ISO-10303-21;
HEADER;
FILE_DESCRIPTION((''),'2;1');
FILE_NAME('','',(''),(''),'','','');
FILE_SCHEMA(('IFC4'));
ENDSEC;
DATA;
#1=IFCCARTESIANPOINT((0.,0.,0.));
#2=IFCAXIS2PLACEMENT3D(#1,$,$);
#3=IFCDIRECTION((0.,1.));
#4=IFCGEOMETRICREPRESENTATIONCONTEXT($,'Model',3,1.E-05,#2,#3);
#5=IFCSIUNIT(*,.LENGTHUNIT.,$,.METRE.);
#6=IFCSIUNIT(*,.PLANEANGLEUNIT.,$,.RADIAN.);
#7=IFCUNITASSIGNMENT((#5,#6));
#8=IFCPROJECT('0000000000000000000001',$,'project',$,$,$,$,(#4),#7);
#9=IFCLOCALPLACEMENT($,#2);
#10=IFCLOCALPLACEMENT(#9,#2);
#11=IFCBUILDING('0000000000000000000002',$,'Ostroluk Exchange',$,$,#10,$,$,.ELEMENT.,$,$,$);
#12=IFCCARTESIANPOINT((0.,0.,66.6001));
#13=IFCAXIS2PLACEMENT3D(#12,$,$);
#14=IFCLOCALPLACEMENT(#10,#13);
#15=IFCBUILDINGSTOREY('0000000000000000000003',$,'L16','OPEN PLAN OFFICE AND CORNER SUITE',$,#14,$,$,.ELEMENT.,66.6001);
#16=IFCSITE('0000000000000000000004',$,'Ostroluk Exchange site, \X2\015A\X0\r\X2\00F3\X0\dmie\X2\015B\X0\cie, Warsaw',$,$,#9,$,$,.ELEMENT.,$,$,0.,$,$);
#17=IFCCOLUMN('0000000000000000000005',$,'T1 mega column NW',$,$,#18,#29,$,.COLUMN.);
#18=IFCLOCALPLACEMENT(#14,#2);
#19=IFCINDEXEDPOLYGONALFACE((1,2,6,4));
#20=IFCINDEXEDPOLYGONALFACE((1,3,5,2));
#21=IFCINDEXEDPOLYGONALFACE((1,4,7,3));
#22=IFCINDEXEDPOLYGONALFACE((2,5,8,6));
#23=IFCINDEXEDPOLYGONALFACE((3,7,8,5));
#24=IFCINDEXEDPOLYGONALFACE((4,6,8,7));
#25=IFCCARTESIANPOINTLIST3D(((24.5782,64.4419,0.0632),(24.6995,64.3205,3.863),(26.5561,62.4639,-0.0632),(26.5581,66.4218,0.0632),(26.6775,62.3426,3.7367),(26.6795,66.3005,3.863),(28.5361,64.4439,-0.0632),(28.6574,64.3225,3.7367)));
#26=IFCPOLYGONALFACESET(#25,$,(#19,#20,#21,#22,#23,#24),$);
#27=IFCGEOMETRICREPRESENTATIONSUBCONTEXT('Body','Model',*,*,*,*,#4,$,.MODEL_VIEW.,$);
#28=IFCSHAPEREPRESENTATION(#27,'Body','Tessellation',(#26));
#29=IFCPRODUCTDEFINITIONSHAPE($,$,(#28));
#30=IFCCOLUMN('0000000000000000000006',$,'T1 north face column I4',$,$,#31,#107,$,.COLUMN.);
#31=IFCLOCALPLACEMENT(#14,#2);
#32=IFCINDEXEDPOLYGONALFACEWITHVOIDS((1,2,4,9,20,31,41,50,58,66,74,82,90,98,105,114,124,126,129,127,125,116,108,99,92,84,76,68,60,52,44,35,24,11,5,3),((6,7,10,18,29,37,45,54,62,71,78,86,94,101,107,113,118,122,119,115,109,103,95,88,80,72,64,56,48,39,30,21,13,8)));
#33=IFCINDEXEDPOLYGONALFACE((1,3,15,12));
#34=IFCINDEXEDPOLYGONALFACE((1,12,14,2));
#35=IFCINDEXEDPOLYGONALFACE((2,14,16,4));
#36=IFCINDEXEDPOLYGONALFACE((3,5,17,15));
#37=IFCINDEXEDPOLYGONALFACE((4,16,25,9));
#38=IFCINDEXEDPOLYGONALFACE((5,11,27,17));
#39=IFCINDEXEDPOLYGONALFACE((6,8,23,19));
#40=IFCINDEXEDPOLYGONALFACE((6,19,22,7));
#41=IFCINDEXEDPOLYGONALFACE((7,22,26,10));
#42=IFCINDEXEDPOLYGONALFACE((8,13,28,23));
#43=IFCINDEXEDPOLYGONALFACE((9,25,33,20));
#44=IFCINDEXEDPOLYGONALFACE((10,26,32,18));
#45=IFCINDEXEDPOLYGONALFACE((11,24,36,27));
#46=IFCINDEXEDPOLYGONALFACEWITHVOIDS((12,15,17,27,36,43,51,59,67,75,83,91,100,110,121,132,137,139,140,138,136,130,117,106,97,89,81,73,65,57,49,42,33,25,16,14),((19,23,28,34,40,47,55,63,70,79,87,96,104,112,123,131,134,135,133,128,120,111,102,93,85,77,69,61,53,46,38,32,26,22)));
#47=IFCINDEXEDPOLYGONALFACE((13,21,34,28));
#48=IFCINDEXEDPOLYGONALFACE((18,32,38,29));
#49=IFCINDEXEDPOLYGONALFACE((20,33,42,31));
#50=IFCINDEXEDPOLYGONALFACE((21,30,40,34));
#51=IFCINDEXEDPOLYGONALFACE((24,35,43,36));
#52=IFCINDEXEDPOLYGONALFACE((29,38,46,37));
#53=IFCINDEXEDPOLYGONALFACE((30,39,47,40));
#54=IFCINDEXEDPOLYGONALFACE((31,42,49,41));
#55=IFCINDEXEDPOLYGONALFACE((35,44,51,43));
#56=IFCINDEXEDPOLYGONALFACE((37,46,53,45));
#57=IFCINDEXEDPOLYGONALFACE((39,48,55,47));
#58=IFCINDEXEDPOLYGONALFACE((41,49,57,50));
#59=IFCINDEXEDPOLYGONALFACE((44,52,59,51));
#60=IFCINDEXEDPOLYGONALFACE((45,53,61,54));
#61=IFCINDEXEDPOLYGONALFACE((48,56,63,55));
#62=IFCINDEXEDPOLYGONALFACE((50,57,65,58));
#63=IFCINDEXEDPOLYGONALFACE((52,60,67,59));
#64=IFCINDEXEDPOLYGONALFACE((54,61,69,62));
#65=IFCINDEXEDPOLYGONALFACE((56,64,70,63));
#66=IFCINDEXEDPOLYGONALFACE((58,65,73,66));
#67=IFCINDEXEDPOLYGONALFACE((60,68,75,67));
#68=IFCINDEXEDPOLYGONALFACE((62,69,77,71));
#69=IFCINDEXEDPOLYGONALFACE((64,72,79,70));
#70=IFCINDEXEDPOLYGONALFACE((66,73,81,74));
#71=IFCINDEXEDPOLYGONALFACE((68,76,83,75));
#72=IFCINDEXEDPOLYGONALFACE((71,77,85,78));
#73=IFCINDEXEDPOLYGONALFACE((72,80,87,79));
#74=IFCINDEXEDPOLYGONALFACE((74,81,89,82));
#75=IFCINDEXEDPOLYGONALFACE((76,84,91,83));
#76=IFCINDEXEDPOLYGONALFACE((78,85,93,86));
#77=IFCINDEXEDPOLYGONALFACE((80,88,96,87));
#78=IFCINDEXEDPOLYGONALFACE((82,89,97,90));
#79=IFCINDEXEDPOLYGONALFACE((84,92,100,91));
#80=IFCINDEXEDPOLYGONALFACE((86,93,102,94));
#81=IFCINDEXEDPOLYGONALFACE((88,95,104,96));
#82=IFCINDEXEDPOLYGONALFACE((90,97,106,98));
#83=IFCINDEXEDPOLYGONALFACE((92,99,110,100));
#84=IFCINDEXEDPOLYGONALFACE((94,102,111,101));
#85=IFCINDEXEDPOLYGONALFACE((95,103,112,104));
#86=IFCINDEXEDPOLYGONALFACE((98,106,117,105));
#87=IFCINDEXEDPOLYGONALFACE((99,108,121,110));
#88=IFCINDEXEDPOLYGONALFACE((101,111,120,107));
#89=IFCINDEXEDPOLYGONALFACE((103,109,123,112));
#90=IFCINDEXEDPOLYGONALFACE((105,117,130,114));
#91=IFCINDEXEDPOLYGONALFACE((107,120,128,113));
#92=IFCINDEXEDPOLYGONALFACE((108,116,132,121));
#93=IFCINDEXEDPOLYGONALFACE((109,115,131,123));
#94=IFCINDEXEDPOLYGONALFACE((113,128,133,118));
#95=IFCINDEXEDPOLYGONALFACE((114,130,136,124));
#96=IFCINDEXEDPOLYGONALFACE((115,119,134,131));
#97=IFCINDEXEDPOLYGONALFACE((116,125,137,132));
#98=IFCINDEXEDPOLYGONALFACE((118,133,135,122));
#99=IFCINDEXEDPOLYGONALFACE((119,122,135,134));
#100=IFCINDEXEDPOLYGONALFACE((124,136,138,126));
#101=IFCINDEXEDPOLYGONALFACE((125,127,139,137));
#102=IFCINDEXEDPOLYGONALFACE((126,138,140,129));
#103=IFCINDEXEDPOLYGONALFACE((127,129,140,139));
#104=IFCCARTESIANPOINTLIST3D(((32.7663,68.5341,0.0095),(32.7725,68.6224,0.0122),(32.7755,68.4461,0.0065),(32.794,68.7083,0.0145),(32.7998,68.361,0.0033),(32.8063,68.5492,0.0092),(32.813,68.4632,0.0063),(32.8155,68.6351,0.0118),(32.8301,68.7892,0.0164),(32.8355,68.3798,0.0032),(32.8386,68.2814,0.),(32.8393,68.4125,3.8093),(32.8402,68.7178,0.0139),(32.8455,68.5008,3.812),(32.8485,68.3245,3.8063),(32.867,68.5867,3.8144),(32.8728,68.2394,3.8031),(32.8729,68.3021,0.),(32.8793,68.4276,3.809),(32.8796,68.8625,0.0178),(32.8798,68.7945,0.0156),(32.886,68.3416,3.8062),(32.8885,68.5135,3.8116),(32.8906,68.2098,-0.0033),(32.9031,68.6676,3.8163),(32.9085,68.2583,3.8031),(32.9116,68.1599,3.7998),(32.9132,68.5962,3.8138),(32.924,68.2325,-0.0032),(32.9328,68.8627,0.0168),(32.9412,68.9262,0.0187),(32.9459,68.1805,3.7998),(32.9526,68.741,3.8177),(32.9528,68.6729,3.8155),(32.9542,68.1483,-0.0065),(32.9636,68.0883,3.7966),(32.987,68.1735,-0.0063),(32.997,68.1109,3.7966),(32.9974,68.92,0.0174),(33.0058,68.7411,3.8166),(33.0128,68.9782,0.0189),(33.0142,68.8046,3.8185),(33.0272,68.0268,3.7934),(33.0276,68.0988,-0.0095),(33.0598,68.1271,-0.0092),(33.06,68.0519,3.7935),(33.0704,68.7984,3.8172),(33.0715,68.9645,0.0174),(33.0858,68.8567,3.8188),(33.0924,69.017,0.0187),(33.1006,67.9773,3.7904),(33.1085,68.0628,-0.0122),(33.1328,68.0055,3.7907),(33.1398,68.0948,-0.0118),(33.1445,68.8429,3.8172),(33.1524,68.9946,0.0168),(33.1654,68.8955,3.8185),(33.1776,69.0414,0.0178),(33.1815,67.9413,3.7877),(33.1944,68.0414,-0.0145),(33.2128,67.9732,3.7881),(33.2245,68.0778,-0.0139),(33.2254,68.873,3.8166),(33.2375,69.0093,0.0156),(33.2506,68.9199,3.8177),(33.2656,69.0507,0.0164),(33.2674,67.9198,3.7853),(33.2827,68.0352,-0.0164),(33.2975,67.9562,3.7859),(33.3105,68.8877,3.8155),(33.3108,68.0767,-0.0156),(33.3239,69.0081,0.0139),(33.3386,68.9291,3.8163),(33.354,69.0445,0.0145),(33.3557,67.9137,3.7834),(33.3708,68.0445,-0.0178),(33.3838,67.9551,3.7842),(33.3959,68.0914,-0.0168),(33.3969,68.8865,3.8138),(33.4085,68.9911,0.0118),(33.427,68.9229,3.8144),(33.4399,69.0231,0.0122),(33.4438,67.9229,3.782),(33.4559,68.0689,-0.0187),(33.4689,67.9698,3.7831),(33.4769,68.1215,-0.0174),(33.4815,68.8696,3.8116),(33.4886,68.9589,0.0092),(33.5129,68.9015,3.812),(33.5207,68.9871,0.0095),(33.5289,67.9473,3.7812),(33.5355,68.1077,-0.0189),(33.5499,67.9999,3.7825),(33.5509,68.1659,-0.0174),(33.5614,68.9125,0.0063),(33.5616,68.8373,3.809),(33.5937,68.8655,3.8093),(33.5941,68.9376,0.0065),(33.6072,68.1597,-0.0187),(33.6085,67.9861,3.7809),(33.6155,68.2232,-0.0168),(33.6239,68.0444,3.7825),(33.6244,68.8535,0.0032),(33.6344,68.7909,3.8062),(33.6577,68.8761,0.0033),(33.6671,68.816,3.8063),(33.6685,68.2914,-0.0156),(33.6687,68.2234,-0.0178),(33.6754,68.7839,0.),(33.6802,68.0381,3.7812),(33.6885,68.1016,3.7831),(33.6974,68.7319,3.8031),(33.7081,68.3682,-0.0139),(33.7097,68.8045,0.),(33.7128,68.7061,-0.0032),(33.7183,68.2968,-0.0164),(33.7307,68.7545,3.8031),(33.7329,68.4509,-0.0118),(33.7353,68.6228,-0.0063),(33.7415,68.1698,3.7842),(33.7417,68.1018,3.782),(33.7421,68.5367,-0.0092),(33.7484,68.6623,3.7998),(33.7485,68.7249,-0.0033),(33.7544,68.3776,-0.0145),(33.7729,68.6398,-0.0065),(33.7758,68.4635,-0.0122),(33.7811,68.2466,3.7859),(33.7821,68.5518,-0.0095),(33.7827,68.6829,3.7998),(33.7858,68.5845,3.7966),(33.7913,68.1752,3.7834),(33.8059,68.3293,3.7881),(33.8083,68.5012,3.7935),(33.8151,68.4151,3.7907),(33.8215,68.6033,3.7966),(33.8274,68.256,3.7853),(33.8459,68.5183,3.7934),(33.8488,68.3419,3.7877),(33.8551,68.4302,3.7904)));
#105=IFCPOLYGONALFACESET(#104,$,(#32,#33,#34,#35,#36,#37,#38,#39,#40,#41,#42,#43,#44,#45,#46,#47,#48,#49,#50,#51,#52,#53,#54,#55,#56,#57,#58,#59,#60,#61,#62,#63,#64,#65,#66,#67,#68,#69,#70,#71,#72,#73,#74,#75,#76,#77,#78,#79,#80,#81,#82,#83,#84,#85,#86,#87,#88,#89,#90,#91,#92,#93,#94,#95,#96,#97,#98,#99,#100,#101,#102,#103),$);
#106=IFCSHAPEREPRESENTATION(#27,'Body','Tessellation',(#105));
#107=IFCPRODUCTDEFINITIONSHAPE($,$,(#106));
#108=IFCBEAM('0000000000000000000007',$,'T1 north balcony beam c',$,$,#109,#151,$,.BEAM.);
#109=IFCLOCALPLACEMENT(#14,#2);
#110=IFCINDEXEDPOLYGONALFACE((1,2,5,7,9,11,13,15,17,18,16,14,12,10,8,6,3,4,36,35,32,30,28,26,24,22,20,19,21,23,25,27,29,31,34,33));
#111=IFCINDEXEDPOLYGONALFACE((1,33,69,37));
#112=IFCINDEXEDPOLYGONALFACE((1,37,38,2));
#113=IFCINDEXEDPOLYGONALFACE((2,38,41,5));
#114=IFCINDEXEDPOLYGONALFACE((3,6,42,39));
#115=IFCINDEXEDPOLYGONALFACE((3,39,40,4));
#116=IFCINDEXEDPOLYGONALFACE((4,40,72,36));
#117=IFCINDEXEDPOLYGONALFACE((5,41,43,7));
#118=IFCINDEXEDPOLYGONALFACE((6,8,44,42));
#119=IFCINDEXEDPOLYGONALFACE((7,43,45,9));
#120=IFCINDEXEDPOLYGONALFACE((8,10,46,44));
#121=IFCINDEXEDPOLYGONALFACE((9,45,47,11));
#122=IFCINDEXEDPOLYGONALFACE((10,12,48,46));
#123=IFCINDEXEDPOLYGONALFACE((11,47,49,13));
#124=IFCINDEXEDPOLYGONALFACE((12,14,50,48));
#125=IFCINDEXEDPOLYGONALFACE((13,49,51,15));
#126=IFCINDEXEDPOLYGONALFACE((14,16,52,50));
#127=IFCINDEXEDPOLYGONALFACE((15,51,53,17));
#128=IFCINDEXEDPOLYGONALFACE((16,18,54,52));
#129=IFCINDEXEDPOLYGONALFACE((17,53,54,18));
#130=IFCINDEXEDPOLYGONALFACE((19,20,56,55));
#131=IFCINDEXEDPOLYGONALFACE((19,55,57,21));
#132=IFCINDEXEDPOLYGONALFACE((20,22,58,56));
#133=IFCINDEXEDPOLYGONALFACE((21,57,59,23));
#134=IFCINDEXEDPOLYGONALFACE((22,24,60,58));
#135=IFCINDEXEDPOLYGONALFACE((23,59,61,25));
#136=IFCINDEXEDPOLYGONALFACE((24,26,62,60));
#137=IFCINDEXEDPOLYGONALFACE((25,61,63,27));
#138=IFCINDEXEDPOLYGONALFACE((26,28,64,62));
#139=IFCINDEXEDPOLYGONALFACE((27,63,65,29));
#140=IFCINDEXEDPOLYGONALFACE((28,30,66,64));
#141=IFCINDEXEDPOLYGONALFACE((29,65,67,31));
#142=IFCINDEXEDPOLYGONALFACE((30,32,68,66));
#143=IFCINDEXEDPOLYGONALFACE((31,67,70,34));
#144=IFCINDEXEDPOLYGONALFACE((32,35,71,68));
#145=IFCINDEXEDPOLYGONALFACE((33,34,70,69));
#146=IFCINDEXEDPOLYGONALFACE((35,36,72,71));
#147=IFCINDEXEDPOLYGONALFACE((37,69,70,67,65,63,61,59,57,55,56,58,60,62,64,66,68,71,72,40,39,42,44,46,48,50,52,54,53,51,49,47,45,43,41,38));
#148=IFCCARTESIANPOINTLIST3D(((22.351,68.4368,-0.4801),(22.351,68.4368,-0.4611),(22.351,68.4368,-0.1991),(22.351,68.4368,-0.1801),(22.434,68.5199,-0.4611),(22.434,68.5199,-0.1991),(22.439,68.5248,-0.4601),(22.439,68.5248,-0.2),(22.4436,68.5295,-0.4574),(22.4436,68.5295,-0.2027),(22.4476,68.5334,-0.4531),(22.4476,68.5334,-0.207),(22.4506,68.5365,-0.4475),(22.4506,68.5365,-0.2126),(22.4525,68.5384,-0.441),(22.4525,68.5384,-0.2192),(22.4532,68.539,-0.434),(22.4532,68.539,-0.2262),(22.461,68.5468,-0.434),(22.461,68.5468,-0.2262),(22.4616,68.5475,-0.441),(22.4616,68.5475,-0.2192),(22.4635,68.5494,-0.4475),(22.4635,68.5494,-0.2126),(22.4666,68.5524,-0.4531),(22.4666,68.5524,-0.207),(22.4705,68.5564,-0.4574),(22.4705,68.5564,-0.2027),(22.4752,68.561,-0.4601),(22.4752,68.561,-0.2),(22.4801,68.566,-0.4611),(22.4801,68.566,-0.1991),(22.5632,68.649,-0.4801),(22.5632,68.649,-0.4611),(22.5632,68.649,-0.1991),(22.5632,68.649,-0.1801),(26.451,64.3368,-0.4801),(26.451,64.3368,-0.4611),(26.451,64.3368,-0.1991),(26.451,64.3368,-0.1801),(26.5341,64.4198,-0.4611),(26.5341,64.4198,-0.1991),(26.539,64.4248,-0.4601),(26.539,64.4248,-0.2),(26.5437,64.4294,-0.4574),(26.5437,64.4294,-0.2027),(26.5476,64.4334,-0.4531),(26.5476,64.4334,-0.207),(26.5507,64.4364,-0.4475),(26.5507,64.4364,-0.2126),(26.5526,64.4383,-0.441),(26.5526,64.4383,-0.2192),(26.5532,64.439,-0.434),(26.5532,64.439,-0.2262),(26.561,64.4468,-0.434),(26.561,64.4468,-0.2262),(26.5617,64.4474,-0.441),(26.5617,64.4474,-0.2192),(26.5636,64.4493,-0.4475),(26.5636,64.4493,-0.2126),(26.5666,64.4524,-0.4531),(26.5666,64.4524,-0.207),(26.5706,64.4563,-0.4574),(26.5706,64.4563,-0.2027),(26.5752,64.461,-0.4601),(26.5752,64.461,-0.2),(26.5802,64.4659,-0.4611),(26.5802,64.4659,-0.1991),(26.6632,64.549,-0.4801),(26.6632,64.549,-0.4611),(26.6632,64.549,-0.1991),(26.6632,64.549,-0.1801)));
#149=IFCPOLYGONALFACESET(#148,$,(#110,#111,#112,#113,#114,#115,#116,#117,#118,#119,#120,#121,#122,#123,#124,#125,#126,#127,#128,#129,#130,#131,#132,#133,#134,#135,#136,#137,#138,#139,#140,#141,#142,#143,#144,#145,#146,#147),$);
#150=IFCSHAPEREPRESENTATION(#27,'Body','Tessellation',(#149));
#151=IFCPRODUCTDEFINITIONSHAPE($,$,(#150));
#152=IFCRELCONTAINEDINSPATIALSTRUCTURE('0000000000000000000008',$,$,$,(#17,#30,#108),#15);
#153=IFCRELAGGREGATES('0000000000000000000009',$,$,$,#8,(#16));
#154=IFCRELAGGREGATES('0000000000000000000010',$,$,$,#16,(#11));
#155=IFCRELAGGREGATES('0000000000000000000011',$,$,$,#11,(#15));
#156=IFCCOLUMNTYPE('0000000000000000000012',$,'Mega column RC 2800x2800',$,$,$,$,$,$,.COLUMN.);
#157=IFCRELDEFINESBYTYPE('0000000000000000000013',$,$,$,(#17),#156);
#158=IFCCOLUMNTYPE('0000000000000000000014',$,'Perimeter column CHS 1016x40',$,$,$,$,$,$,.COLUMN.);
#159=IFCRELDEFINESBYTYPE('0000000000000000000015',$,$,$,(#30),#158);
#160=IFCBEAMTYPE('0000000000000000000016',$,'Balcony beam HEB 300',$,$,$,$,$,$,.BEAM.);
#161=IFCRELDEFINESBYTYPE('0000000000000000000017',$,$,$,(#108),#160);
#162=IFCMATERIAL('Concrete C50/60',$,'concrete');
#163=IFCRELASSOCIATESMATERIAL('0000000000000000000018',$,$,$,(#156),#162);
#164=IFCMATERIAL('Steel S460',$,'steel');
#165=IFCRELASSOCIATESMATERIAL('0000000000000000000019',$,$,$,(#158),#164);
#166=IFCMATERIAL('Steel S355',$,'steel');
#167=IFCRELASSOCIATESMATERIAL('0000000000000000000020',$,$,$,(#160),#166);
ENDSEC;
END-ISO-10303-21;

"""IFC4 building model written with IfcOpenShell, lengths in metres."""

from ifc_helpers import new_model, si_unit, direction, frame, origin, origin_2d, place, context, subcontext, project, spatial, rectangle, hollow_circle, i_section, extrude, material, material_profile, profile_set, type_object, element, save


model = new_model("IFC4")

# Units and contexts
model_context = context("Model", 3, precision=1e-05, world=origin(), true_north=direction((0.0, 1.0)))
body_context = subcontext(model_context, "Body", "Model", "MODEL_VIEW")
ifc_project = project(units=[si_unit("LENGTHUNIT", "METRE"), si_unit("PLANEANGLEUNIT", "RADIAN")], contexts=[model_context])

# Site, building, storey
site_placement = place(None, origin())
site = spatial("IfcSite", under=ifc_project, at=site_placement, Name="Ostroluk Exchange site, Śródmieście, Warsaw", CompositionType="ELEMENT", RefElevation=0.0)
building_placement = place(site_placement, origin())
building = spatial("IfcBuilding", under=site, at=building_placement, Name="Ostroluk Exchange", CompositionType="ELEMENT")
storey_placement = place(building_placement, frame((0.0, 0.0, 66.6001)))
storey = spatial("IfcBuildingStorey", under=building, at=storey_placement, Name="L16", Description="OPEN PLAN OFFICE AND CORNER SUITE", CompositionType="ELEMENT", Elevation=66.6001)

# Columns
ifc_material_1 = material(Name="Concrete C50/60", Category="concrete")
ifc_material_profile_1 = material_profile(ifc_material_1, rectangle(XDim=2.8, YDim=2.8, at=origin_2d()), Name="RC 2800x2800")
ifc_profile_set_1 = profile_set([ifc_material_profile_1], Name="Concrete C50/60")
column_type_1 = type_object("IfcColumnType", Name="Mega column RC 2800x2800", PredefinedType="COLUMN", material=ifc_profile_set_1)
column_1_placement = place(storey_placement, frame((26.5571, 64.4429, 0.0), z_axis=(0.0319, -0.0319, 0.998982), x_axis=(0.707107, 0.707107, 0.0)))
element("IfcColumn", 1, at=column_1_placement, inside=storey, type_object=column_type_1, Name="T1 mega column NW", PredefinedType="COLUMN", context=body_context, shape_type="SweptSolid", body=[
    extrude(rectangle(XDim=2.8, YDim=2.8, at=origin_2d()), origin(), (0.0, 0.0, 1.0), 3.8037),
])
ifc_material_2 = material(Name="Steel S460", Category="steel")
ifc_material_profile_2 = material_profile(ifc_material_2, hollow_circle(Radius=0.5081, WallThickness=0.04, at=origin_2d()), Name="CHS 1016x40")
ifc_profile_set_2 = profile_set([ifc_material_profile_2], Name="Steel S460")
column_type_2 = type_object("IfcColumnType", Name="Perimeter column CHS 1016x40", PredefinedType="COLUMN", material=ifc_profile_set_2)
column_2_placement = place(storey_placement, frame((33.2742, 68.543, 0.0), z_axis=(0.019198, -0.031975, 0.999304), x_axis=(0.857341, 0.514749, 0.0)))
element("IfcColumn", 2, at=column_2_placement, inside=storey, type_object=column_type_2, Name="T1 north face column I4", PredefinedType="COLUMN", context=body_context, shape_type="SweptSolid", body=[
    extrude(hollow_circle(Radius=0.5081, WallThickness=0.04, at=origin_2d()), origin(), (0.0, 0.0, 1.0), 3.8025),
])

# Beam
ifc_material_3 = material(Name="Steel S355", Category="steel")
ifc_material_profile_3 = material_profile(ifc_material_3, i_section(OverallWidth=0.3, OverallDepth=0.3, WebThickness=0.011, FlangeThickness=0.019, FilletRadius=0.0271, at=origin_2d()), Name="HEB 300")
ifc_profile_set_3 = profile_set([ifc_material_profile_3], Name="Steel S355")
beam_type_1 = type_object("IfcBeamType", Name="Balcony beam HEB 300", PredefinedType="BEAM", material=ifc_profile_set_3)
beam_1_placement = place(storey_placement, frame((26.5571, 64.4429, -0.3301), z_axis=(-0.707107, 0.707107, 0.0), x_axis=(-0.707107, -0.707107, 0.0)))
element("IfcBeam", 3, at=beam_1_placement, inside=storey, type_object=beam_type_1, Name="T1 north balcony beam c", PredefinedType="BEAM", context=body_context, shape_type="SweptSolid", body=[
    extrude(i_section(OverallWidth=0.3, OverallDepth=0.3, WebThickness=0.011, FlangeThickness=0.019, FilletRadius=0.0271, at=origin_2d()), origin(), (0.0, 0.0, 1.0), 5.7983),
])

save(model, "model.ifc")
